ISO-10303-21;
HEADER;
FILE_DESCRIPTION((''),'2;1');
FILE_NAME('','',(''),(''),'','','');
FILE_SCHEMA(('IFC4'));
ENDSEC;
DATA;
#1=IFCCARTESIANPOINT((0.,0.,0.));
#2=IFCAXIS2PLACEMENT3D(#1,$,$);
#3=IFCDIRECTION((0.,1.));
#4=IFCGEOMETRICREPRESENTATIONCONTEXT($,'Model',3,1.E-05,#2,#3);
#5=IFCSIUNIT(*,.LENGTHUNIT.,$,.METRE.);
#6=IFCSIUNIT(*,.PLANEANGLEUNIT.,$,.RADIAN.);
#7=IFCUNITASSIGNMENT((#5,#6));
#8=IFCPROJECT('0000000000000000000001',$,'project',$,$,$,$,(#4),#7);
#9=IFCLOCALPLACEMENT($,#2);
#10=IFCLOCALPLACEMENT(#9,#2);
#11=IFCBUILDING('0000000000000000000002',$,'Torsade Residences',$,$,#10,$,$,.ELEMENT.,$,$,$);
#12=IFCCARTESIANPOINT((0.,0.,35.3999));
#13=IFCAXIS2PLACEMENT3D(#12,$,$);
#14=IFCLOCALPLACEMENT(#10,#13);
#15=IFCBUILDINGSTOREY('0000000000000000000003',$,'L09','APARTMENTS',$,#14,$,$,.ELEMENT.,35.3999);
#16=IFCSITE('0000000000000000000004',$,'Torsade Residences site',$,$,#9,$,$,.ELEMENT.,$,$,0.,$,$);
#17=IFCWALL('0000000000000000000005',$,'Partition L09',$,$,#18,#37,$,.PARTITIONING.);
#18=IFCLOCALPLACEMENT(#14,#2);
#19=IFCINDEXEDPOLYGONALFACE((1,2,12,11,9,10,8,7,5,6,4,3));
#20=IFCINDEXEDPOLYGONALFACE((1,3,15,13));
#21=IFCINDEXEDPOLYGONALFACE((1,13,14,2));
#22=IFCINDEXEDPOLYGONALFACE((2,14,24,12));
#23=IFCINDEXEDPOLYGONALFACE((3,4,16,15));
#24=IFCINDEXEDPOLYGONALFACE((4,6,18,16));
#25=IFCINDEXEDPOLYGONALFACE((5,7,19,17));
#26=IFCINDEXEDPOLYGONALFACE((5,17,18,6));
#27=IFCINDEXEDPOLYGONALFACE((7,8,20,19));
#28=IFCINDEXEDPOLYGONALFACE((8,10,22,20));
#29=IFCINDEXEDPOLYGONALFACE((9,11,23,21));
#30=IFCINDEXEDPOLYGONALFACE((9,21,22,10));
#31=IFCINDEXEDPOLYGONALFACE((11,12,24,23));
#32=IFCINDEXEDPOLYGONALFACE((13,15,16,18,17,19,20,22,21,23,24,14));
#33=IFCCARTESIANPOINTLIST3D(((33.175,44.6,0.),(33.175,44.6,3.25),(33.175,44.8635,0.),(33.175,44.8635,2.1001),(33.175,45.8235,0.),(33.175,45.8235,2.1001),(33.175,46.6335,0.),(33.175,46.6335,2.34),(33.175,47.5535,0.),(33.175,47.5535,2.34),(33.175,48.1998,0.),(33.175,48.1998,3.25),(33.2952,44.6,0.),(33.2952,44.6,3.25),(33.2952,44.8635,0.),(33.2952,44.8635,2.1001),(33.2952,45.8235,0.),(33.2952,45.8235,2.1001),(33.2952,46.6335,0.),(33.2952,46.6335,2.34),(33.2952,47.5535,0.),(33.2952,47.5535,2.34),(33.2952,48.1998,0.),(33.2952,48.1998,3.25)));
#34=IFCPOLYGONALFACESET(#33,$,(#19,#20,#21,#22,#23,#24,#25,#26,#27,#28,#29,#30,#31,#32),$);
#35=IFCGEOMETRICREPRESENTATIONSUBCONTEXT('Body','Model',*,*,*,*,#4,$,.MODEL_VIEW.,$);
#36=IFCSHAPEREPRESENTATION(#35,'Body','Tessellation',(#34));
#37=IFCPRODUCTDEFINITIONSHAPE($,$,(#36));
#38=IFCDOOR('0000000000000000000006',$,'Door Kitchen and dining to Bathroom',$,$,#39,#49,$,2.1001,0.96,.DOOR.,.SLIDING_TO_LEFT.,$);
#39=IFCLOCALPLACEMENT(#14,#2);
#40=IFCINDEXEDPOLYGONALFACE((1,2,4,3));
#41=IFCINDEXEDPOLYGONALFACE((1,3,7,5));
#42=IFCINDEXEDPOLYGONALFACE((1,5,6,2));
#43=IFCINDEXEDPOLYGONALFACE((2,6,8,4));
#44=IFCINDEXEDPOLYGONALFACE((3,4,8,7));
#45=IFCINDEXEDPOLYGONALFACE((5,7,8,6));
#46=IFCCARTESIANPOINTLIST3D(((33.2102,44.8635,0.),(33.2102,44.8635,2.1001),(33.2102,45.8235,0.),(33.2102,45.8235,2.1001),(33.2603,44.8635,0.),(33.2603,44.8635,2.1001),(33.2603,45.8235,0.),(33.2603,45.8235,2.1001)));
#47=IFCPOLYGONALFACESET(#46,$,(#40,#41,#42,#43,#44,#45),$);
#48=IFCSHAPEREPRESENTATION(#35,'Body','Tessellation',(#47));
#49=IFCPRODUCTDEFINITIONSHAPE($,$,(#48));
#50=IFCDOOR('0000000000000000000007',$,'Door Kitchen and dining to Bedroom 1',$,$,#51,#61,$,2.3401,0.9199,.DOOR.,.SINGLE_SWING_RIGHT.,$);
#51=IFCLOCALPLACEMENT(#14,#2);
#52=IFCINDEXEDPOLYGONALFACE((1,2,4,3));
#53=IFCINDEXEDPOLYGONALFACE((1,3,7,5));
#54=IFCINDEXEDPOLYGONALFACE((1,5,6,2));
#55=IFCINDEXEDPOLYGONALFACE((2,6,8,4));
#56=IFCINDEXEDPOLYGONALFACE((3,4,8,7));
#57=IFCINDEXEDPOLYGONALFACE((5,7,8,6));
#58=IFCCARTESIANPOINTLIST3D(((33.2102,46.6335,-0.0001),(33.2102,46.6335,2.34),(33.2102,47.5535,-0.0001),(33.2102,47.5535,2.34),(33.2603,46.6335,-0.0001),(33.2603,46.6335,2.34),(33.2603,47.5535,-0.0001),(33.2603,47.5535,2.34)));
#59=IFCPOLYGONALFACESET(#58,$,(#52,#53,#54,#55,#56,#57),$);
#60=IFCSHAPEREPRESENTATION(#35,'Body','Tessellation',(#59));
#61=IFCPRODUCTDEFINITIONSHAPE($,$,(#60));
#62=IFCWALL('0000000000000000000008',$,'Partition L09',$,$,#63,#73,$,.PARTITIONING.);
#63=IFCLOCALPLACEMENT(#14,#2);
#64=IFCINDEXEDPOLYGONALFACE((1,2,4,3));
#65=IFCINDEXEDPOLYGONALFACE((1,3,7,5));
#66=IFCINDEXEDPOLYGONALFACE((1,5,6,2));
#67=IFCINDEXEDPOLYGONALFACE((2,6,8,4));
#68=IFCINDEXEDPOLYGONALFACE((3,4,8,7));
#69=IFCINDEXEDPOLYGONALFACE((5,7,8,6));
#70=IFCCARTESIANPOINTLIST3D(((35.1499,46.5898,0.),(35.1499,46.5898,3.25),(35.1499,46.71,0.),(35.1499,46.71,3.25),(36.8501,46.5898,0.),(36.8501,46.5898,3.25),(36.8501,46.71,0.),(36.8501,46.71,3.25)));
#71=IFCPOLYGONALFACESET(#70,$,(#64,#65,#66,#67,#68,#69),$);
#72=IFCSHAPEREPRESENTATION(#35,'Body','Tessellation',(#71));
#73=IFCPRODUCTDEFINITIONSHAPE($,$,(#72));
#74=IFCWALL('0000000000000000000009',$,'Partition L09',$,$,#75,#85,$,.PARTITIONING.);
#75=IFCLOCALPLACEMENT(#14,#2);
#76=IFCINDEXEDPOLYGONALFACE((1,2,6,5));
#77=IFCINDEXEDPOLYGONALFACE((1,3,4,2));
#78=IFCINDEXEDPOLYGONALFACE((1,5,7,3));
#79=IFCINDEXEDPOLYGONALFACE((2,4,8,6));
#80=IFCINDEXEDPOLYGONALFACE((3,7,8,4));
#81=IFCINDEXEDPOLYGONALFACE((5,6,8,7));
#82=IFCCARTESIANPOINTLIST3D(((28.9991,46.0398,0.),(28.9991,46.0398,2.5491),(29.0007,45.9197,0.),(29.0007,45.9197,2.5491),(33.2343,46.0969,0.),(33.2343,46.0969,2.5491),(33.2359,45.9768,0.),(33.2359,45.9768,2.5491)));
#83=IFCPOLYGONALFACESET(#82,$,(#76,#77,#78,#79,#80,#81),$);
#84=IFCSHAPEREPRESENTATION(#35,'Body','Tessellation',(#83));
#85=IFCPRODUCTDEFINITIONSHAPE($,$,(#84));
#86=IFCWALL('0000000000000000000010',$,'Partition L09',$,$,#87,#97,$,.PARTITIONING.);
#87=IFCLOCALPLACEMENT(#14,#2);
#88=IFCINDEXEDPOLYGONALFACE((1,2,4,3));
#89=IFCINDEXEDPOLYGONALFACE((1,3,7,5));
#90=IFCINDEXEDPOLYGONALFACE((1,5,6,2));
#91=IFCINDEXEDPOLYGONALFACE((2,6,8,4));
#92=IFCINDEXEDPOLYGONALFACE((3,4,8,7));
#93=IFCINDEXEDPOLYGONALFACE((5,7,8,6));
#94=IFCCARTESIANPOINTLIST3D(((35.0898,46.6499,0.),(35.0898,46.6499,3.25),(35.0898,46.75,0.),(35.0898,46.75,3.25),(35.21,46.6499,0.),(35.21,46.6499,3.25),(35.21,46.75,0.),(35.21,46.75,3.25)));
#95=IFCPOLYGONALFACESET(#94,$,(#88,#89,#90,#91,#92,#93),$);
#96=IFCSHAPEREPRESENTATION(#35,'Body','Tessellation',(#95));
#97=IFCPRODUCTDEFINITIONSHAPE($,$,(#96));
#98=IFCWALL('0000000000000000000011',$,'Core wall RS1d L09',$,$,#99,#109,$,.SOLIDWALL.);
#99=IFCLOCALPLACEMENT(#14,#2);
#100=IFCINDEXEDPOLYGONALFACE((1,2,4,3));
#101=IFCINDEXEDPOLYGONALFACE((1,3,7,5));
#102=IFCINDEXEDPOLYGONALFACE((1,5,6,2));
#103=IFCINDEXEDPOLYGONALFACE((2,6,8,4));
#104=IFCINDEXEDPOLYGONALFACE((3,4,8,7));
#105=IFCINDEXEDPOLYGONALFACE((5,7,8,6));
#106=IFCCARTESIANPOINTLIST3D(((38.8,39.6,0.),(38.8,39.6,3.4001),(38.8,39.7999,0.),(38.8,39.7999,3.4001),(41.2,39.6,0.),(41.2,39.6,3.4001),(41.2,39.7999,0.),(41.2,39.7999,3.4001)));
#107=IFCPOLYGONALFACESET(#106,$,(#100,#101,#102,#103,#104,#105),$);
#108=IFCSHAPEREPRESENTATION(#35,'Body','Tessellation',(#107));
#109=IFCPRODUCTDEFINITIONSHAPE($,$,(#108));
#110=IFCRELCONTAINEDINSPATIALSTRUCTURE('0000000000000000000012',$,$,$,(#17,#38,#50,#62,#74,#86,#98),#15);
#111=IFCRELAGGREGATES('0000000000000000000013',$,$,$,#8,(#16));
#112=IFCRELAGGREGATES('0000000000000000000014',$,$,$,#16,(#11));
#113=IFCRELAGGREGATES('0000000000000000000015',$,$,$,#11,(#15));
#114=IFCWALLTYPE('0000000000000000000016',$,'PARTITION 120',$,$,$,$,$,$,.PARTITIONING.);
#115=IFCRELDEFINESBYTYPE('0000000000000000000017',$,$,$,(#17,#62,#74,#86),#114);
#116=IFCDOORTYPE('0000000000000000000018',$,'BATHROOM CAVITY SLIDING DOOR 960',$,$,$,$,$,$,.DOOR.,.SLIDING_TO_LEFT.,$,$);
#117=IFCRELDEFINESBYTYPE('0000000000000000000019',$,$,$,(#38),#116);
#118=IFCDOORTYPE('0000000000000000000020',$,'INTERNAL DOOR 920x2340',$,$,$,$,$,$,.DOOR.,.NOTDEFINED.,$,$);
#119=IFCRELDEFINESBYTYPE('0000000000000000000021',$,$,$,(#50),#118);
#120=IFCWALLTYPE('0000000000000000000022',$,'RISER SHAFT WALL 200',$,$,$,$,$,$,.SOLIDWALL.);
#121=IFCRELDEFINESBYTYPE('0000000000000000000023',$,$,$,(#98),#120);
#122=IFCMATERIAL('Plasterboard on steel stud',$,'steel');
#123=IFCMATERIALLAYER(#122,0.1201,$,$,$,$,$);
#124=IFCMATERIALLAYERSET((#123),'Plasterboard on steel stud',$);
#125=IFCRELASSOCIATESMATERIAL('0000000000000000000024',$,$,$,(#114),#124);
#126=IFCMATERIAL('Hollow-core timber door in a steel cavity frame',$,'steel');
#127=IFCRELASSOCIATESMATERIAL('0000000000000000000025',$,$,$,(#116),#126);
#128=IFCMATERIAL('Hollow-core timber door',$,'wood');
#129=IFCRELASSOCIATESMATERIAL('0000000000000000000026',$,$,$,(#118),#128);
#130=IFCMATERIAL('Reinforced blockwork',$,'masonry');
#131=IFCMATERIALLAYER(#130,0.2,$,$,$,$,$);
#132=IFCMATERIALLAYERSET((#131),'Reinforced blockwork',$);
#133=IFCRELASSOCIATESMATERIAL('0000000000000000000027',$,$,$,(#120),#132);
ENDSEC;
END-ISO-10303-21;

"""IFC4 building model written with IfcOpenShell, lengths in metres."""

from ifc_helpers import new_model, si_unit, direction, frame, frame_2d, origin, place, context, subcontext, project, spatial, rectangle, extrude, material, layer, layer_set, type_object, element, fill, save


model = new_model("IFC4")

# Units and contexts
model_context = context("Model", 3, precision=1e-05, world=origin(), true_north=direction((0.0, 1.0)))
body_context = subcontext(model_context, "Body", "Model", "MODEL_VIEW")
ifc_project = project(units=[si_unit("LENGTHUNIT", "METRE"), si_unit("PLANEANGLEUNIT", "RADIAN")], contexts=[model_context])

# Site, building, storey
site_placement = place(None, origin())
site = spatial("IfcSite", under=ifc_project, at=site_placement, Name="Torsade Residences site", CompositionType="ELEMENT", RefElevation=0.0)
building_placement = place(site_placement, origin())
building = spatial("IfcBuilding", under=site, at=building_placement, Name="Torsade Residences", CompositionType="ELEMENT")
storey_placement = place(building_placement, frame((0.0, 0.0, 35.3999)))
storey = spatial("IfcBuildingStorey", under=building, at=storey_placement, Name="L09", Description="APARTMENTS", CompositionType="ELEMENT", Elevation=35.3999)

# Wall, openings, doors
ifc_material_1 = material(Name="Plasterboard on steel stud", Category="steel")
ifc_layer_1 = layer(ifc_material_1, 0.1201)
ifc_layer_set_1 = layer_set([ifc_layer_1], Name="Plasterboard on steel stud")
wall_type_1 = type_object("IfcWallType", Name="PARTITION 120", PredefinedType="PARTITIONING", material=ifc_layer_set_1)
wall_1_placement = place(storey_placement, frame((33.2351, 44.6001, 0.0), z_axis=(0.0, 0.0, 1.0), x_axis=(0.0, 1.0, 0.0)))
wall_1 = element("IfcWall", 1, at=wall_1_placement, inside=storey, type_object=wall_type_1, Name="Partition L09", PredefinedType="PARTITIONING", context=body_context, shape_type="SweptSolid", body=[
    extrude(rectangle(XDim=3.5999, YDim=0.1201, at=frame_2d((1.7998, 0.0))), origin(), (0.0, 0.0, 1.0), 3.25),
])
opening_1_placement = place(wall_1_placement, frame((2.0334, 0.0, 0.0)))
opening_1 = element("IfcOpeningElement", 2, at=opening_1_placement, cuts=wall_1, PredefinedType="OPENING", context=body_context, shape_type="SweptSolid", body=[
    extrude(rectangle(XDim=0.9199, YDim=2.3401, at=frame_2d((0.46, 1.1699))), frame((0.0, 0.0701, 0.0), z_axis=(0.0, -1.0, 0.0), x_axis=(1.0, 0.0, 0.0)), (0.0, 0.0, 1.0), 0.1401),
])
opening_2_placement = place(wall_1_placement, frame((0.2634, 0.0, 0.0)))
opening_2 = element("IfcOpeningElement", 3, at=opening_2_placement, cuts=wall_1, PredefinedType="OPENING", context=body_context, shape_type="SweptSolid", body=[
    extrude(rectangle(XDim=0.96, YDim=2.1001, at=frame_2d((0.48, 1.05))), frame((0.0, 0.0701, 0.0), z_axis=(0.0, -1.0, 0.0), x_axis=(1.0, 0.0, 0.0)), (0.0, 0.0, 1.0), 0.1401),
])
ifc_material_2 = material(Name="Hollow-core timber door in a steel cavity frame", Category="steel")
door_type_1 = type_object("IfcDoorType", Name="BATHROOM CAVITY SLIDING DOOR 960", OperationType="SLIDING_TO_LEFT", PredefinedType="DOOR", material=ifc_material_2)
door_1_placement = place(opening_2_placement, origin())
door_1 = element("IfcDoor", 4, at=door_1_placement, inside=storey, type_object=door_type_1, Name="Door Kitchen and dining to Bathroom", OperationType="SLIDING_TO_LEFT", OverallHeight=2.1001, OverallWidth=0.96, PredefinedType="DOOR", context=body_context, shape_type="SweptSolid", body=[
    extrude(rectangle(XDim=0.96, YDim=2.1001, at=frame_2d((0.48, 1.05))), frame((0.0, 0.0249, 0.0), z_axis=(0.0, -1.0, 0.0), x_axis=(1.0, 0.0, 0.0)), (0.0, 0.0, 1.0), 0.05),
])
fill(opening_2, door_1)
ifc_material_3 = material(Name="Hollow-core timber door", Category="wood")
door_type_2 = type_object("IfcDoorType", Name="INTERNAL DOOR 920x2340", OperationType="NOTDEFINED", PredefinedType="DOOR", material=ifc_material_3)
door_2_placement = place(opening_1_placement, origin())
door_2 = element("IfcDoor", 5, at=door_2_placement, inside=storey, type_object=door_type_2, Name="Door Kitchen and dining to Bedroom 1", OperationType="SINGLE_SWING_RIGHT", OverallHeight=2.3401, OverallWidth=0.9199, PredefinedType="DOOR", context=body_context, shape_type="SweptSolid", body=[
    extrude(rectangle(XDim=0.9199, YDim=2.3401, at=frame_2d((0.46, 1.1699))), frame((0.0, 0.0249, 0.0), z_axis=(0.0, -1.0, 0.0), x_axis=(1.0, 0.0, 0.0)), (0.0, 0.0, 1.0), 0.05),
])
fill(opening_1, door_2)

# Walls
wall_2_placement = place(storey_placement, frame((35.1499, 46.6499, 0.0), z_axis=(0.0, 0.0, 1.0), x_axis=(1.0, 0.0, 0.0)))
element("IfcWall", 6, at=wall_2_placement, inside=storey, type_object=wall_type_1, Name="Partition L09", PredefinedType="PARTITIONING", context=body_context, shape_type="SweptSolid", body=[
    extrude(rectangle(XDim=1.7002, YDim=0.1201, at=frame_2d((0.8501, 0.0))), origin(), (0.0, 0.0, 1.0), 3.25),
])
wall_3_placement = place(storey_placement, frame((29.0, 45.9797, 0.0), z_axis=(0.0, 0.0, 1.0), x_axis=(0.999909, 0.013488, 0.0)))
element("IfcWall", 7, at=wall_3_placement, inside=storey, type_object=wall_type_1, Name="Partition L09", PredefinedType="PARTITIONING", context=body_context, shape_type="SweptSolid", body=[
    extrude(rectangle(XDim=4.2356, YDim=0.1201, at=frame_2d((2.1177, 0.0))), origin(), (0.0, 0.0, 1.0), 2.5491),
])
wall_4_placement = place(storey_placement, frame((35.1499, 46.6499, 0.0), z_axis=(0.0, 0.0, 1.0), x_axis=(0.0, 1.0, 0.0)))
element("IfcWall", 8, at=wall_4_placement, inside=storey, type_object=wall_type_1, Name="Partition L09", PredefinedType="PARTITIONING", context=body_context, shape_type="SweptSolid", body=[
    extrude(rectangle(XDim=0.1001, YDim=0.1201, at=frame_2d((0.05, 0.0))), origin(), (0.0, 0.0, 1.0), 3.25),
])
ifc_material_4 = material(Name="Reinforced blockwork", Category="masonry")
ifc_layer_2 = layer(ifc_material_4, 0.2)
ifc_layer_set_2 = layer_set([ifc_layer_2], Name="Reinforced blockwork")
wall_type_2 = type_object("IfcWallType", Name="RISER SHAFT WALL 200", PredefinedType="SOLIDWALL", material=ifc_layer_set_2)
wall_5_placement = place(storey_placement, frame((38.8, 39.7, 0.0), z_axis=(0.0, 0.0, 1.0), x_axis=(1.0, 0.0, 0.0)))
element("IfcWall", 9, at=wall_5_placement, inside=storey, type_object=wall_type_2, Name="Core wall RS1d L09", PredefinedType="SOLIDWALL", context=body_context, shape_type="SweptSolid", body=[
    extrude(rectangle(XDim=2.3999, YDim=0.2, at=frame_2d((1.2, 0.0))), origin(), (0.0, 0.0, 1.0), 3.4001),
])

save(model, "model.ifc")
